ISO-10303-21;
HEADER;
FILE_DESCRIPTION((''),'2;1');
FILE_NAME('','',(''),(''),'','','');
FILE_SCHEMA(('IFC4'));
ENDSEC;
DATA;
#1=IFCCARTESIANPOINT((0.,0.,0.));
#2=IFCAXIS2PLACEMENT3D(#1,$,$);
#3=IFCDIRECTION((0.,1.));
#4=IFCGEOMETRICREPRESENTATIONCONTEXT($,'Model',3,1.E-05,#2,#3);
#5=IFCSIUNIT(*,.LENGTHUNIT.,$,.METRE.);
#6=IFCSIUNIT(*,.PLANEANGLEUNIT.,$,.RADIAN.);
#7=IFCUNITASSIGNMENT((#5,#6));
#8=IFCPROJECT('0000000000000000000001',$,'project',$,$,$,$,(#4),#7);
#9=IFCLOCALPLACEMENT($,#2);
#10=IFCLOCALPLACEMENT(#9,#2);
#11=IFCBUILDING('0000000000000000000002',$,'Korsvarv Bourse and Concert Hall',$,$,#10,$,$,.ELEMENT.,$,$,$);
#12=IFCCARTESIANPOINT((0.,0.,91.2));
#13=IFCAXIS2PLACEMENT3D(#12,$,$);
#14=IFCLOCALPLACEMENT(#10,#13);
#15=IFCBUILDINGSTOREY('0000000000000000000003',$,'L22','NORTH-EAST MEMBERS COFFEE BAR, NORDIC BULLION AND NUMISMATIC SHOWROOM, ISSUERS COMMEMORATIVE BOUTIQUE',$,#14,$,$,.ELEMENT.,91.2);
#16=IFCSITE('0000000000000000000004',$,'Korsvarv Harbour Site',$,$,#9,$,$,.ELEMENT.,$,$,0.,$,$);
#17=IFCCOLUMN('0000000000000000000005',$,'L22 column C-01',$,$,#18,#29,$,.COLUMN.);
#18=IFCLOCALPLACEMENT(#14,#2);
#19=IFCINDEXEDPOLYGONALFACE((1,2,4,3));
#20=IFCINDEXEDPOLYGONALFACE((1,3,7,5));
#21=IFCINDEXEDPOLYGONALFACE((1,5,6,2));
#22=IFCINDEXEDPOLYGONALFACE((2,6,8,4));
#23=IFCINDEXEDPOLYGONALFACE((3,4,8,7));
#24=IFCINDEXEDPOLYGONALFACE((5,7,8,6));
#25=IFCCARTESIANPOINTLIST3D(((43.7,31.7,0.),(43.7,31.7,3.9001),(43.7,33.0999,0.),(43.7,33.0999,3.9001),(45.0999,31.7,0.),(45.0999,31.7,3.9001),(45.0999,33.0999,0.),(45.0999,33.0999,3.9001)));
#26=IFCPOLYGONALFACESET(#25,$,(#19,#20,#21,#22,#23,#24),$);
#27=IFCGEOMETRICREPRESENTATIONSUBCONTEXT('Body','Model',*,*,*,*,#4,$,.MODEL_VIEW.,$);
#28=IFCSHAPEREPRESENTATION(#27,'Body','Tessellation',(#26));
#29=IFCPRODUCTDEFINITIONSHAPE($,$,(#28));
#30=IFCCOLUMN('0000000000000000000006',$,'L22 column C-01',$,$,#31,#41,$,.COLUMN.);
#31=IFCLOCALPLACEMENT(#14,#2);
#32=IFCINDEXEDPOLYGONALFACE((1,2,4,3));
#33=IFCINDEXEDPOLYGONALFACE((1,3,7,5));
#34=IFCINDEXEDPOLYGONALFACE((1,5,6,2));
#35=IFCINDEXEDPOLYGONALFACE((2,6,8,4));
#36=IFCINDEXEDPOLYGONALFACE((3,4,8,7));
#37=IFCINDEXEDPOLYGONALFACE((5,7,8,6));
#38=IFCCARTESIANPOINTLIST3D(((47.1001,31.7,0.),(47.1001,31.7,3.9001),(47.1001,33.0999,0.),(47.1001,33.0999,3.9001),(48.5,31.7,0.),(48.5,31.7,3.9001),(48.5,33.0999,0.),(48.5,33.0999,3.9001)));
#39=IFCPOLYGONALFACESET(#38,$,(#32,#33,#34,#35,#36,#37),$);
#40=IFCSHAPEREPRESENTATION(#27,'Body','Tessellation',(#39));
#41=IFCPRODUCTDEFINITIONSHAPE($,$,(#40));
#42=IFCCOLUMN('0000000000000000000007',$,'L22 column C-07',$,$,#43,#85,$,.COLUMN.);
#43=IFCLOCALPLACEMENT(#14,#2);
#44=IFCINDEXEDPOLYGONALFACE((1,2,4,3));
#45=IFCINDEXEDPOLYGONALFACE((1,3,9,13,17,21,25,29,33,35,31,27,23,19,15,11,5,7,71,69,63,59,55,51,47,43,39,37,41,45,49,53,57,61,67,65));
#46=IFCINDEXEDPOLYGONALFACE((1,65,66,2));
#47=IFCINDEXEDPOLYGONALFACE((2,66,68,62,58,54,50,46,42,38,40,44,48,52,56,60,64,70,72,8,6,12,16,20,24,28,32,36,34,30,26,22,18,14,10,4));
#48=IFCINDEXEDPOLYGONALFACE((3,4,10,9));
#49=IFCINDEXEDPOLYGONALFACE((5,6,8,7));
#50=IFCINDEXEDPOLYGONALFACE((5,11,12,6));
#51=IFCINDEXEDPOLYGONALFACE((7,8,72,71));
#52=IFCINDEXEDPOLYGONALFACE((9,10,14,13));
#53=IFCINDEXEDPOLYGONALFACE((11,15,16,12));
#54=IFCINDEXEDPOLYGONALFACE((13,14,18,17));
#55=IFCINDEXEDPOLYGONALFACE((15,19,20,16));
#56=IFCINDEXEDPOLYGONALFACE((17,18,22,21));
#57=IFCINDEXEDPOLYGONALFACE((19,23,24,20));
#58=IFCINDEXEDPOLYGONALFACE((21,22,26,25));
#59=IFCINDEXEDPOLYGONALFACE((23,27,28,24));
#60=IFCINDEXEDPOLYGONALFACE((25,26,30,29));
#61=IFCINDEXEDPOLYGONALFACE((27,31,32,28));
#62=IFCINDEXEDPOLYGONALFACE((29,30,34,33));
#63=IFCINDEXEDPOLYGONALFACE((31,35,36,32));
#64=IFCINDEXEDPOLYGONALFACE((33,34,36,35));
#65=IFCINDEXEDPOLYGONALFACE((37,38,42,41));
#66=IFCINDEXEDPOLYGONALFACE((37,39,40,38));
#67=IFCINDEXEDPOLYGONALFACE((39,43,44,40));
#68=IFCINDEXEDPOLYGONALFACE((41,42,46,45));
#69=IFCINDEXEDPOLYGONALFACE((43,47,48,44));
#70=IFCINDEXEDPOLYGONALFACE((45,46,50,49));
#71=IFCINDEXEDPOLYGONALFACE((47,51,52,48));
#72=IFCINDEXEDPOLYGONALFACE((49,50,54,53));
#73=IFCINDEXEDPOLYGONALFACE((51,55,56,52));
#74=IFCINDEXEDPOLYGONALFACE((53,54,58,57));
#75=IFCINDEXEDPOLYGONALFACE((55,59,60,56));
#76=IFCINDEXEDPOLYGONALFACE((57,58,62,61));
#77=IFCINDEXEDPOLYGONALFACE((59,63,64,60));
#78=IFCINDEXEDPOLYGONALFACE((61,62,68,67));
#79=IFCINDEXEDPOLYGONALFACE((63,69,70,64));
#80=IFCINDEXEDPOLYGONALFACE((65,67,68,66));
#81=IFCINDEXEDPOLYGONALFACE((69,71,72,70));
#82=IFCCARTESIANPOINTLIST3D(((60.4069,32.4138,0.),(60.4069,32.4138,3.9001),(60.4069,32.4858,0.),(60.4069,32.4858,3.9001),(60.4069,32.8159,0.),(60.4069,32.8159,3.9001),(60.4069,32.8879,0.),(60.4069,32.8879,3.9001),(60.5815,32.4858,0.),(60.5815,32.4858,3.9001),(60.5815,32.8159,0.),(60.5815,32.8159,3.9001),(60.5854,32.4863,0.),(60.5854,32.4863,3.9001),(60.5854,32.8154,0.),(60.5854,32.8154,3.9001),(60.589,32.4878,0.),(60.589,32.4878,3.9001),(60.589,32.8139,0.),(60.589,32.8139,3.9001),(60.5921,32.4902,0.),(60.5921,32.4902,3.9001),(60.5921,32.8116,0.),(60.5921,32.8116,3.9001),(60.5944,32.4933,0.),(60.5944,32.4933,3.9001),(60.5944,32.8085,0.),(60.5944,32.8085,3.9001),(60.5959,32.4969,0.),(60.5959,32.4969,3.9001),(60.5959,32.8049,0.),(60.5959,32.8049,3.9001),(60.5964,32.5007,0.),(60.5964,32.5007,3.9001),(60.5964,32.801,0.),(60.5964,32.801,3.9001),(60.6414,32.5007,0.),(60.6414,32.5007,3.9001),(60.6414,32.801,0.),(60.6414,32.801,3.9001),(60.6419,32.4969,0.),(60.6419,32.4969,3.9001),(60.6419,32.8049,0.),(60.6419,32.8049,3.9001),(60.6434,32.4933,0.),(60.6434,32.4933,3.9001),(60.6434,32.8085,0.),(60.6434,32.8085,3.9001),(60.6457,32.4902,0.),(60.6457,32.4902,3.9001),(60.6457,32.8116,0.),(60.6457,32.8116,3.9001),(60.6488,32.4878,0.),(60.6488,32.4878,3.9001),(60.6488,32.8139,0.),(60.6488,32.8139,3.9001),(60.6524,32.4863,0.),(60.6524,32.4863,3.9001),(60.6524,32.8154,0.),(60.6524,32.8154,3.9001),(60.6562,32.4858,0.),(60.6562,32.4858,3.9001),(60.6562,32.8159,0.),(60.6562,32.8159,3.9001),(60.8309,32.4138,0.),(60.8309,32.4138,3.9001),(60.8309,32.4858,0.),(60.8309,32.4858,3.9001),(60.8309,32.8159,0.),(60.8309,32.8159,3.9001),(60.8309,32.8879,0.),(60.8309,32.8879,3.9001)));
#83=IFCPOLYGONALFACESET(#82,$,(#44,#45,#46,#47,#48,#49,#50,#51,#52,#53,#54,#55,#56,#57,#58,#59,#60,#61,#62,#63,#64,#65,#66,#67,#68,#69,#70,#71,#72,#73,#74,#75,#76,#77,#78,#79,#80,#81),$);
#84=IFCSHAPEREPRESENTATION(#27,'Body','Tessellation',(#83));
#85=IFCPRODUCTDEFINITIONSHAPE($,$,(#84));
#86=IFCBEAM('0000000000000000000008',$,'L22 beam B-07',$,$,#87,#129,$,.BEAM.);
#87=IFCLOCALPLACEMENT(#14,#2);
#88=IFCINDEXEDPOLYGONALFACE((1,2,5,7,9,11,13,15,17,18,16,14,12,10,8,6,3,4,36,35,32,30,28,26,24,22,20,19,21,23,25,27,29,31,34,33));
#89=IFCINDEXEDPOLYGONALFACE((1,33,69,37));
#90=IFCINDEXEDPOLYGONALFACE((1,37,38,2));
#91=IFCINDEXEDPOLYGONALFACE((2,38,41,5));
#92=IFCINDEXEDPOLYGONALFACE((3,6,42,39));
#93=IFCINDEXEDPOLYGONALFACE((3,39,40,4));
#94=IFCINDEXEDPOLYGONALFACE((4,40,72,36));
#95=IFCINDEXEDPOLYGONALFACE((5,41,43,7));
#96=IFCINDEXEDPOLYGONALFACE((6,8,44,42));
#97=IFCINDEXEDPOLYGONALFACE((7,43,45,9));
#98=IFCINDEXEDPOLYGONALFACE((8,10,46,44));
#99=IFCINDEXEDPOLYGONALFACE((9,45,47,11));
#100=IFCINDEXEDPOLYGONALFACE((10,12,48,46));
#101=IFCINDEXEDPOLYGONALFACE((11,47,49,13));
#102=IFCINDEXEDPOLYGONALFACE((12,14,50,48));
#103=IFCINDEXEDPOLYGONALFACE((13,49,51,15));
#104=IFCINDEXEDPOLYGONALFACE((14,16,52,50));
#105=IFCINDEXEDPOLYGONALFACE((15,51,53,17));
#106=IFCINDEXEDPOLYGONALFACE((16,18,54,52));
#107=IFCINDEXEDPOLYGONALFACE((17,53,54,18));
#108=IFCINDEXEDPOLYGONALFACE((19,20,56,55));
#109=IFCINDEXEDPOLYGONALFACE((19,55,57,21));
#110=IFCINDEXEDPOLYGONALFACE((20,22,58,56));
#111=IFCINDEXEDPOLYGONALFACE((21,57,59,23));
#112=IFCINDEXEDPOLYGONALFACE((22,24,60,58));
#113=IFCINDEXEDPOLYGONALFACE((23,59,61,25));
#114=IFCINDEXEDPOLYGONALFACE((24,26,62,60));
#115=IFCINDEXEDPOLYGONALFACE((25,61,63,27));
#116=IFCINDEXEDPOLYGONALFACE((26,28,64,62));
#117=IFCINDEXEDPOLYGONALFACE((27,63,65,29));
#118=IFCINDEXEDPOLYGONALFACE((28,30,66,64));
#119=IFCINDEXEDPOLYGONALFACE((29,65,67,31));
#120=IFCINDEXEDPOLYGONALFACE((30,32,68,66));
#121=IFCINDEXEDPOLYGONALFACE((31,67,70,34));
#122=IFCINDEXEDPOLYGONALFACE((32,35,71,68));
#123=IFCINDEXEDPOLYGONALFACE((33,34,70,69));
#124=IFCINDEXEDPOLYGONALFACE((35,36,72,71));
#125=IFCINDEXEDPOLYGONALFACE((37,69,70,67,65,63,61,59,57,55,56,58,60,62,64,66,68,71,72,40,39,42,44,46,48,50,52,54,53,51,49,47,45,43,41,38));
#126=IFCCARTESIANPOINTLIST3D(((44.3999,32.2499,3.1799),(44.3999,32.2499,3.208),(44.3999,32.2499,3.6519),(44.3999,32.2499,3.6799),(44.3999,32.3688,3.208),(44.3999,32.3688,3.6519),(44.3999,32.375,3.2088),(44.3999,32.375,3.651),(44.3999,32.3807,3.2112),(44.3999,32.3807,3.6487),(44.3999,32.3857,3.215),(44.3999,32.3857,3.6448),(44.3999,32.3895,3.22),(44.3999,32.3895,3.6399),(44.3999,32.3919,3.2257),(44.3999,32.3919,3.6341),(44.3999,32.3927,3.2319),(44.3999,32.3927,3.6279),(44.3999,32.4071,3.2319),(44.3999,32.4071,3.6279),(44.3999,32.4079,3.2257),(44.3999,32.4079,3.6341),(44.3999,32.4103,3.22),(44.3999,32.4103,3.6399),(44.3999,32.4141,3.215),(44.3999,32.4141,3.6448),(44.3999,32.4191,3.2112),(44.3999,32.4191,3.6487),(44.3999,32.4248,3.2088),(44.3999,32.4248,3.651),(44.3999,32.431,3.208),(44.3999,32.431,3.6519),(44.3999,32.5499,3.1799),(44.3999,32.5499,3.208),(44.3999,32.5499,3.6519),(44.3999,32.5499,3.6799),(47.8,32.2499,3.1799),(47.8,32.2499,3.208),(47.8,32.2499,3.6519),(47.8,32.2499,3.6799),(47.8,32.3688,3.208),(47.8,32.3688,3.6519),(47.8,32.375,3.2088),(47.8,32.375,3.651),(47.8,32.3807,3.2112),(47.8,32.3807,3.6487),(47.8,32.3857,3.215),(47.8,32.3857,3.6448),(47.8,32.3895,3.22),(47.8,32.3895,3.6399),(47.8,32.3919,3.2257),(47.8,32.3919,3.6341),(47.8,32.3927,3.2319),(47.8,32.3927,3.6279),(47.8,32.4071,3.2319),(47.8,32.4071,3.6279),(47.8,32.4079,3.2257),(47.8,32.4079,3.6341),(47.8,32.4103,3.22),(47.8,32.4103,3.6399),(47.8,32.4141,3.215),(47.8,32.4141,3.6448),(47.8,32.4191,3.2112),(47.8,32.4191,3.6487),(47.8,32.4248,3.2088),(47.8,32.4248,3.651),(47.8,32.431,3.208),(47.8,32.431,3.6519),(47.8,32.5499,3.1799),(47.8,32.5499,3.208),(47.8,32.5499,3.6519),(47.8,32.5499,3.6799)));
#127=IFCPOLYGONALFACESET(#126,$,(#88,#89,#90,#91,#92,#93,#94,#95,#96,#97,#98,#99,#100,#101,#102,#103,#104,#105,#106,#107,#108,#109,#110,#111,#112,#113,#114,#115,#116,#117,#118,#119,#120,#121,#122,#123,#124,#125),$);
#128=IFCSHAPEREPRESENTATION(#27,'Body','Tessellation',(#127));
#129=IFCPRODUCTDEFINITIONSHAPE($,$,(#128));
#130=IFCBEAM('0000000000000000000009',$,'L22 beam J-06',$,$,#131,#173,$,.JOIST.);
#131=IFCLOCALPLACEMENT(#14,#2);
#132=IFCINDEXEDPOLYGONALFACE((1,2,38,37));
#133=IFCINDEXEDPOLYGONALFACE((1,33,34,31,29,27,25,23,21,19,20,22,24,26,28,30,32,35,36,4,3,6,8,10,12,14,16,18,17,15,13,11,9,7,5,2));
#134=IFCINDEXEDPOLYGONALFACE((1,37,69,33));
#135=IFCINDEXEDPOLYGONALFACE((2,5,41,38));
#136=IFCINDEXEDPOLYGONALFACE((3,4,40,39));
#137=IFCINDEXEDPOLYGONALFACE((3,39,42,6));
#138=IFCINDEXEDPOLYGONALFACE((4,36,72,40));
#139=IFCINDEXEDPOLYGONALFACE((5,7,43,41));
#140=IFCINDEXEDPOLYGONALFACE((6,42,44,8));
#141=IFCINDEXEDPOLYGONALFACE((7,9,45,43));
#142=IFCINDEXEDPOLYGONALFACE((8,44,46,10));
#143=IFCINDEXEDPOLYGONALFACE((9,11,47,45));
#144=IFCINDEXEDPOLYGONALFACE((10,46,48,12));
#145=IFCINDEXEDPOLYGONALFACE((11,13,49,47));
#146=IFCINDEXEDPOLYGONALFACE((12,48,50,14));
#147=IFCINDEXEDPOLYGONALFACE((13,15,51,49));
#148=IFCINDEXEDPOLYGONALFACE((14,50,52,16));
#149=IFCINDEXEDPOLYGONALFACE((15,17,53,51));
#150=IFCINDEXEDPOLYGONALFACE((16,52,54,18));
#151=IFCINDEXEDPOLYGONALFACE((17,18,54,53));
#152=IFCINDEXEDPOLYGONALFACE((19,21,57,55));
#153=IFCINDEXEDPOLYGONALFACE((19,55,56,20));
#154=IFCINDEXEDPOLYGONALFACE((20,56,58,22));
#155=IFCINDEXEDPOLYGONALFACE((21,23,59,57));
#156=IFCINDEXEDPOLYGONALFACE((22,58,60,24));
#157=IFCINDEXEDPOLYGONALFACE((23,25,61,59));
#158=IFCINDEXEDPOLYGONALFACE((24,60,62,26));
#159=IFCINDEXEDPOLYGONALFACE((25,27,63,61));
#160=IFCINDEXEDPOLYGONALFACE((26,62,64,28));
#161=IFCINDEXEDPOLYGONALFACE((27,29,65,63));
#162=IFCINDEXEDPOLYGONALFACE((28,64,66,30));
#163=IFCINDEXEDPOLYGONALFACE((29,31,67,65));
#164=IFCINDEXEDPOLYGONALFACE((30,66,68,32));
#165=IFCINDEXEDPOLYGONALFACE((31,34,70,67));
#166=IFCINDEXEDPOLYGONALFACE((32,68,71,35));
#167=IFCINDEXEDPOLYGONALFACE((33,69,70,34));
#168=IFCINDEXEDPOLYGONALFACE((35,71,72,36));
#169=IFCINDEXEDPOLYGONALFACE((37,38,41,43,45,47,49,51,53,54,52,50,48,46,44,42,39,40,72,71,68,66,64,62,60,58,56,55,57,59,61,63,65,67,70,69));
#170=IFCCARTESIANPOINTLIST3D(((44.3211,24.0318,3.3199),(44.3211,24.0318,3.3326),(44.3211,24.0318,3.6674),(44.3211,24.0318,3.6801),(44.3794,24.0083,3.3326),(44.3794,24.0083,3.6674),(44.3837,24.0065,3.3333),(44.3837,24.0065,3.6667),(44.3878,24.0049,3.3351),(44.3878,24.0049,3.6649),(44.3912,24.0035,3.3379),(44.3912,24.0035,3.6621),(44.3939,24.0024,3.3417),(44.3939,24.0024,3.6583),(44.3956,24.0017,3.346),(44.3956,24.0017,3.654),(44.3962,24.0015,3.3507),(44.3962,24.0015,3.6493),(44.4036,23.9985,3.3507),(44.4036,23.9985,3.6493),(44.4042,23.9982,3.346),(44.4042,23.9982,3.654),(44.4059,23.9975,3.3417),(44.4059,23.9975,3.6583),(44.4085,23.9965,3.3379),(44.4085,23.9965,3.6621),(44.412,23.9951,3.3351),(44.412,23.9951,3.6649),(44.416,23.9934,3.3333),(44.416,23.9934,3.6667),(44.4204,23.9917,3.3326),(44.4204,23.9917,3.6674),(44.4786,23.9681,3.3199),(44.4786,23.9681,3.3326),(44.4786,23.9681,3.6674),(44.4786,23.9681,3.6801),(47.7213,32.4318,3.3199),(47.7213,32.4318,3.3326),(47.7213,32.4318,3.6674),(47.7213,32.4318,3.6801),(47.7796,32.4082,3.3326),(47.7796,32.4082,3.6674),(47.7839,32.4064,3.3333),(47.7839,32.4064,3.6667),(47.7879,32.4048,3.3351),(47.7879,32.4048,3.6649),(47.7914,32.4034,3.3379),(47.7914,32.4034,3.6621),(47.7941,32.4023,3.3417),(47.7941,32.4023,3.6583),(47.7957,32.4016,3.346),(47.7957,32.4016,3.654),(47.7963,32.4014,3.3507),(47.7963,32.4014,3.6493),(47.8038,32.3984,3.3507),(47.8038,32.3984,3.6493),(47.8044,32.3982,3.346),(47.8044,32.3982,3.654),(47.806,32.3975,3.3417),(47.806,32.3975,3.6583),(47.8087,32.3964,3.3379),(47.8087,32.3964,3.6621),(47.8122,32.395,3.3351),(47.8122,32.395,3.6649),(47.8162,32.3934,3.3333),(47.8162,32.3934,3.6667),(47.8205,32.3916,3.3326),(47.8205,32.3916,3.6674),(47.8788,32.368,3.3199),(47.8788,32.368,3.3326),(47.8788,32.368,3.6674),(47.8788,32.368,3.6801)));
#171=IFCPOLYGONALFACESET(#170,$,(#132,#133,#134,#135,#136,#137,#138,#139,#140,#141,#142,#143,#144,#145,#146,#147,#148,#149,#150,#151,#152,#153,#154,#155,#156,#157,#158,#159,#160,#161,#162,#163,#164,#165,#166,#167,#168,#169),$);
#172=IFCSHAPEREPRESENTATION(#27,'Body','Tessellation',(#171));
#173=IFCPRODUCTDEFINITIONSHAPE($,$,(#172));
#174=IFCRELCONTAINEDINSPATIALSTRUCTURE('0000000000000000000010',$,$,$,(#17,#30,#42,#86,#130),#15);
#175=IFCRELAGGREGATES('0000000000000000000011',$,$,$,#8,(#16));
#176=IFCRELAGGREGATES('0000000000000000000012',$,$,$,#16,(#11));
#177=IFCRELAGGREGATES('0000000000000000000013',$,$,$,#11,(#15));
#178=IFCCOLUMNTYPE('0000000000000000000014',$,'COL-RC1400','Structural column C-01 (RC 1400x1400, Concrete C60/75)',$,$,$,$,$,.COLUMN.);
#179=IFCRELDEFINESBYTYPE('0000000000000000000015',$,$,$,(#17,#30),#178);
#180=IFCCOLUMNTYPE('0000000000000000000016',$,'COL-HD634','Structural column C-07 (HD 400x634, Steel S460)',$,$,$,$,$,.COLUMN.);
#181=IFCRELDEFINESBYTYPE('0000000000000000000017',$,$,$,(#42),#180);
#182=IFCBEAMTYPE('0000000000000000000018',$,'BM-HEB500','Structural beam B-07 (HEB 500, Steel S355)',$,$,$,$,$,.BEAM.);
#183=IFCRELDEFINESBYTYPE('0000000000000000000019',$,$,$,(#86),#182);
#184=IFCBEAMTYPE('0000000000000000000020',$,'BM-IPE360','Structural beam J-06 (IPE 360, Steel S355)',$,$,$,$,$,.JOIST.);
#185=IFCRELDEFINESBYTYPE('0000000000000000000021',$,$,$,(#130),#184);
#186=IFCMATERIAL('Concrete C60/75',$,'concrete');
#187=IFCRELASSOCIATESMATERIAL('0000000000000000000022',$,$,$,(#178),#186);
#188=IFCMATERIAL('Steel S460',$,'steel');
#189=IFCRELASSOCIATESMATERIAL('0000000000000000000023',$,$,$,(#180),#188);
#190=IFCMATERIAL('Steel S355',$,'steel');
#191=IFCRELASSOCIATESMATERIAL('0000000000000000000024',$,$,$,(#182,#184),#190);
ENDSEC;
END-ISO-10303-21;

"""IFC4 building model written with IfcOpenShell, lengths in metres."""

from ifc_helpers import new_model, si_unit, direction, frame, origin, origin_2d, place, context, subcontext, project, spatial, rectangle, i_section, extrude, source, transform, mapped, material, material_profile, profile_set, type_object, element, save


model = new_model("IFC4")

# Units and contexts
model_context = context("Model", 3, precision=1e-05, world=origin(), true_north=direction((0.0, 1.0)))
body_context = subcontext(model_context, "Body", "Model", "MODEL_VIEW")
ifc_project = project(units=[si_unit("LENGTHUNIT", "METRE"), si_unit("PLANEANGLEUNIT", "RADIAN")], contexts=[model_context])

# Site, building, storey
site_placement = place(None, origin())
site = spatial("IfcSite", under=ifc_project, at=site_placement, Name="Korsvarv Harbour Site", CompositionType="ELEMENT", RefElevation=0.0)
building_placement = place(site_placement, origin())
building = spatial("IfcBuilding", under=site, at=building_placement, Name="Korsvarv Bourse and Concert Hall", CompositionType="ELEMENT")
storey_placement = place(building_placement, frame((0.0, 0.0, 91.2)))
storey = spatial("IfcBuildingStorey", under=building, at=storey_placement, Name="L22", Description="NORTH-EAST MEMBERS COFFEE BAR, NORDIC BULLION AND NUMISMATIC SHOWROOM, ISSUERS COMMEMORATIVE BOUTIQUE", CompositionType="ELEMENT", Elevation=91.2)

# Columns
ifc_material_1 = material(Name="Concrete C60/75", Category="concrete")
ifc_material_profile_1 = material_profile(ifc_material_1, rectangle(XDim=1.3999, YDim=1.3999, at=origin_2d()), Name="RC 1400x1400")
ifc_profile_set_1 = profile_set([ifc_material_profile_1], Name="Concrete C60/75")
column_type_1 = type_object("IfcColumnType", Name="COL-RC1400", Description="Structural column C-01 (RC 1400x1400, Concrete C60/75)", PredefinedType="COLUMN", material=ifc_profile_set_1)
shared_shape_1 = source(origin(), body_context, "Body", "SweptSolid", [
    extrude(rectangle(XDim=1.3999, YDim=1.3999, at=origin_2d()), origin(), (0.0, 0.0, 1.0), 3.9001),
])
for number, where, z_axis, x_axis, name in (
    (1, (44.3999, 32.3999, 0.0), (0.0, 0.0, 1.0), (1.0, 0.0, 0.0), "L22 column C-01"),
    (2, (47.8, 32.3999, 0.0), (0.0, 0.0, 1.0), (1.0, 0.0, 0.0), "L22 column C-01"),
):
    element("IfcColumn", number, at=place(storey_placement, frame(where, z_axis=z_axis, x_axis=x_axis)), inside=storey, type_object=column_type_1, Name=name, PredefinedType="COLUMN", context=body_context, shape_type="MappedRepresentation", body=[
        mapped(shared_shape_1, transform((0.0, 0.0, 0.0), scale=1.0)),
    ])
ifc_material_2 = material(Name="Steel S460", Category="steel")
ifc_material_profile_2 = material_profile(ifc_material_2, i_section(OverallWidth=0.4241, OverallDepth=0.4741, WebThickness=0.0449, FlangeThickness=0.072, FilletRadius=0.0149, at=origin_2d()), Name="HD 400x634")
ifc_profile_set_2 = profile_set([ifc_material_profile_2], Name="Steel S460")
column_type_2 = type_object("IfcColumnType", Name="COL-HD634", Description="Structural column C-07 (HD 400x634, Steel S460)", PredefinedType="COLUMN", material=ifc_profile_set_2)
shared_shape_2 = source(origin(), body_context, "Body", "SweptSolid", [
    extrude(i_section(OverallWidth=0.4241, OverallDepth=0.4741, WebThickness=0.0449, FlangeThickness=0.072, FilletRadius=0.0149, at=origin_2d()), origin(), (0.0, 0.0, 1.0), 3.9001),
])
column_placement = place(storey_placement, frame((60.6189, 32.6509, 0.0), z_axis=(0.0, 0.0, 1.0), x_axis=(1.0, 0.0, 0.0)))
element("IfcColumn", 3, at=column_placement, inside=storey, type_object=column_type_2, Name="L22 column C-07", PredefinedType="COLUMN", context=body_context, shape_type="MappedRepresentation", body=[
    mapped(shared_shape_2, transform((0.0, 0.0, 0.0), scale=1.0)),
])

# Beams
ifc_material_3 = material(Name="Steel S355", Category="steel")
ifc_material_profile_3 = material_profile(ifc_material_3, i_section(OverallWidth=0.3, OverallDepth=0.5, WebThickness=0.0144, FlangeThickness=0.0281, FilletRadius=0.0239, at=origin_2d()), Name="HEB 500")
ifc_profile_set_3 = profile_set([ifc_material_profile_3], Name="Steel S355")
beam_type_1 = type_object("IfcBeamType", Name="BM-HEB500", Description="Structural beam B-07 (HEB 500, Steel S355)", PredefinedType="BEAM", material=ifc_profile_set_3)
shared_shape_3 = source(origin(), body_context, "Body", "SweptSolid", [
    extrude(i_section(OverallWidth=0.3, OverallDepth=0.5, WebThickness=0.0144, FlangeThickness=0.0281, FilletRadius=0.0239, at=origin_2d()), origin(), (0.0, 0.0, 1.0), 3.4001),
])
beam_1_placement = place(storey_placement, frame((44.3999, 32.3999, 3.4299), z_axis=(1.0, 0.0, 0.0), x_axis=(0.0, 1.0, 0.0)))
element("IfcBeam", 4, at=beam_1_placement, inside=storey, type_object=beam_type_1, Name="L22 beam B-07", PredefinedType="BEAM", context=body_context, shape_type="MappedRepresentation", body=[
    mapped(shared_shape_3, transform((0.0, 0.0, 0.0), scale=1.0)),
])
ifc_material_profile_4 = material_profile(ifc_material_3, i_section(OverallWidth=0.1699, OverallDepth=0.3601, WebThickness=0.0081, FlangeThickness=0.0127, FilletRadius=0.0181, at=origin_2d()), Name="IPE 360")
ifc_profile_set_4 = profile_set([ifc_material_profile_4], Name="Steel S355")
beam_type_2 = type_object("IfcBeamType", Name="BM-IPE360", Description="Structural beam J-06 (IPE 360, Steel S355)", PredefinedType="JOIST", material=ifc_profile_set_4)
shared_shape_4 = source(origin(), body_context, "Body", "SweptSolid", [
    extrude(i_section(OverallWidth=0.1699, OverallDepth=0.3601, WebThickness=0.0081, FlangeThickness=0.0127, FilletRadius=0.0181, at=origin_2d()), origin(), (0.0, 0.0, 1.0), 9.062),
])
beam_2_placement = place(storey_placement, frame((47.8, 32.3999, 3.5), z_axis=(-0.37521, -0.92694, 0.0), x_axis=(0.92694, -0.37521, 0.0)))
element("IfcBeam", 5, at=beam_2_placement, inside=storey, type_object=beam_type_2, Name="L22 beam J-06", PredefinedType="JOIST", context=body_context, shape_type="MappedRepresentation", body=[
    mapped(shared_shape_4, transform((0.0, 0.0, 0.0), scale=1.0)),
])

save(model, "model.ifc")
